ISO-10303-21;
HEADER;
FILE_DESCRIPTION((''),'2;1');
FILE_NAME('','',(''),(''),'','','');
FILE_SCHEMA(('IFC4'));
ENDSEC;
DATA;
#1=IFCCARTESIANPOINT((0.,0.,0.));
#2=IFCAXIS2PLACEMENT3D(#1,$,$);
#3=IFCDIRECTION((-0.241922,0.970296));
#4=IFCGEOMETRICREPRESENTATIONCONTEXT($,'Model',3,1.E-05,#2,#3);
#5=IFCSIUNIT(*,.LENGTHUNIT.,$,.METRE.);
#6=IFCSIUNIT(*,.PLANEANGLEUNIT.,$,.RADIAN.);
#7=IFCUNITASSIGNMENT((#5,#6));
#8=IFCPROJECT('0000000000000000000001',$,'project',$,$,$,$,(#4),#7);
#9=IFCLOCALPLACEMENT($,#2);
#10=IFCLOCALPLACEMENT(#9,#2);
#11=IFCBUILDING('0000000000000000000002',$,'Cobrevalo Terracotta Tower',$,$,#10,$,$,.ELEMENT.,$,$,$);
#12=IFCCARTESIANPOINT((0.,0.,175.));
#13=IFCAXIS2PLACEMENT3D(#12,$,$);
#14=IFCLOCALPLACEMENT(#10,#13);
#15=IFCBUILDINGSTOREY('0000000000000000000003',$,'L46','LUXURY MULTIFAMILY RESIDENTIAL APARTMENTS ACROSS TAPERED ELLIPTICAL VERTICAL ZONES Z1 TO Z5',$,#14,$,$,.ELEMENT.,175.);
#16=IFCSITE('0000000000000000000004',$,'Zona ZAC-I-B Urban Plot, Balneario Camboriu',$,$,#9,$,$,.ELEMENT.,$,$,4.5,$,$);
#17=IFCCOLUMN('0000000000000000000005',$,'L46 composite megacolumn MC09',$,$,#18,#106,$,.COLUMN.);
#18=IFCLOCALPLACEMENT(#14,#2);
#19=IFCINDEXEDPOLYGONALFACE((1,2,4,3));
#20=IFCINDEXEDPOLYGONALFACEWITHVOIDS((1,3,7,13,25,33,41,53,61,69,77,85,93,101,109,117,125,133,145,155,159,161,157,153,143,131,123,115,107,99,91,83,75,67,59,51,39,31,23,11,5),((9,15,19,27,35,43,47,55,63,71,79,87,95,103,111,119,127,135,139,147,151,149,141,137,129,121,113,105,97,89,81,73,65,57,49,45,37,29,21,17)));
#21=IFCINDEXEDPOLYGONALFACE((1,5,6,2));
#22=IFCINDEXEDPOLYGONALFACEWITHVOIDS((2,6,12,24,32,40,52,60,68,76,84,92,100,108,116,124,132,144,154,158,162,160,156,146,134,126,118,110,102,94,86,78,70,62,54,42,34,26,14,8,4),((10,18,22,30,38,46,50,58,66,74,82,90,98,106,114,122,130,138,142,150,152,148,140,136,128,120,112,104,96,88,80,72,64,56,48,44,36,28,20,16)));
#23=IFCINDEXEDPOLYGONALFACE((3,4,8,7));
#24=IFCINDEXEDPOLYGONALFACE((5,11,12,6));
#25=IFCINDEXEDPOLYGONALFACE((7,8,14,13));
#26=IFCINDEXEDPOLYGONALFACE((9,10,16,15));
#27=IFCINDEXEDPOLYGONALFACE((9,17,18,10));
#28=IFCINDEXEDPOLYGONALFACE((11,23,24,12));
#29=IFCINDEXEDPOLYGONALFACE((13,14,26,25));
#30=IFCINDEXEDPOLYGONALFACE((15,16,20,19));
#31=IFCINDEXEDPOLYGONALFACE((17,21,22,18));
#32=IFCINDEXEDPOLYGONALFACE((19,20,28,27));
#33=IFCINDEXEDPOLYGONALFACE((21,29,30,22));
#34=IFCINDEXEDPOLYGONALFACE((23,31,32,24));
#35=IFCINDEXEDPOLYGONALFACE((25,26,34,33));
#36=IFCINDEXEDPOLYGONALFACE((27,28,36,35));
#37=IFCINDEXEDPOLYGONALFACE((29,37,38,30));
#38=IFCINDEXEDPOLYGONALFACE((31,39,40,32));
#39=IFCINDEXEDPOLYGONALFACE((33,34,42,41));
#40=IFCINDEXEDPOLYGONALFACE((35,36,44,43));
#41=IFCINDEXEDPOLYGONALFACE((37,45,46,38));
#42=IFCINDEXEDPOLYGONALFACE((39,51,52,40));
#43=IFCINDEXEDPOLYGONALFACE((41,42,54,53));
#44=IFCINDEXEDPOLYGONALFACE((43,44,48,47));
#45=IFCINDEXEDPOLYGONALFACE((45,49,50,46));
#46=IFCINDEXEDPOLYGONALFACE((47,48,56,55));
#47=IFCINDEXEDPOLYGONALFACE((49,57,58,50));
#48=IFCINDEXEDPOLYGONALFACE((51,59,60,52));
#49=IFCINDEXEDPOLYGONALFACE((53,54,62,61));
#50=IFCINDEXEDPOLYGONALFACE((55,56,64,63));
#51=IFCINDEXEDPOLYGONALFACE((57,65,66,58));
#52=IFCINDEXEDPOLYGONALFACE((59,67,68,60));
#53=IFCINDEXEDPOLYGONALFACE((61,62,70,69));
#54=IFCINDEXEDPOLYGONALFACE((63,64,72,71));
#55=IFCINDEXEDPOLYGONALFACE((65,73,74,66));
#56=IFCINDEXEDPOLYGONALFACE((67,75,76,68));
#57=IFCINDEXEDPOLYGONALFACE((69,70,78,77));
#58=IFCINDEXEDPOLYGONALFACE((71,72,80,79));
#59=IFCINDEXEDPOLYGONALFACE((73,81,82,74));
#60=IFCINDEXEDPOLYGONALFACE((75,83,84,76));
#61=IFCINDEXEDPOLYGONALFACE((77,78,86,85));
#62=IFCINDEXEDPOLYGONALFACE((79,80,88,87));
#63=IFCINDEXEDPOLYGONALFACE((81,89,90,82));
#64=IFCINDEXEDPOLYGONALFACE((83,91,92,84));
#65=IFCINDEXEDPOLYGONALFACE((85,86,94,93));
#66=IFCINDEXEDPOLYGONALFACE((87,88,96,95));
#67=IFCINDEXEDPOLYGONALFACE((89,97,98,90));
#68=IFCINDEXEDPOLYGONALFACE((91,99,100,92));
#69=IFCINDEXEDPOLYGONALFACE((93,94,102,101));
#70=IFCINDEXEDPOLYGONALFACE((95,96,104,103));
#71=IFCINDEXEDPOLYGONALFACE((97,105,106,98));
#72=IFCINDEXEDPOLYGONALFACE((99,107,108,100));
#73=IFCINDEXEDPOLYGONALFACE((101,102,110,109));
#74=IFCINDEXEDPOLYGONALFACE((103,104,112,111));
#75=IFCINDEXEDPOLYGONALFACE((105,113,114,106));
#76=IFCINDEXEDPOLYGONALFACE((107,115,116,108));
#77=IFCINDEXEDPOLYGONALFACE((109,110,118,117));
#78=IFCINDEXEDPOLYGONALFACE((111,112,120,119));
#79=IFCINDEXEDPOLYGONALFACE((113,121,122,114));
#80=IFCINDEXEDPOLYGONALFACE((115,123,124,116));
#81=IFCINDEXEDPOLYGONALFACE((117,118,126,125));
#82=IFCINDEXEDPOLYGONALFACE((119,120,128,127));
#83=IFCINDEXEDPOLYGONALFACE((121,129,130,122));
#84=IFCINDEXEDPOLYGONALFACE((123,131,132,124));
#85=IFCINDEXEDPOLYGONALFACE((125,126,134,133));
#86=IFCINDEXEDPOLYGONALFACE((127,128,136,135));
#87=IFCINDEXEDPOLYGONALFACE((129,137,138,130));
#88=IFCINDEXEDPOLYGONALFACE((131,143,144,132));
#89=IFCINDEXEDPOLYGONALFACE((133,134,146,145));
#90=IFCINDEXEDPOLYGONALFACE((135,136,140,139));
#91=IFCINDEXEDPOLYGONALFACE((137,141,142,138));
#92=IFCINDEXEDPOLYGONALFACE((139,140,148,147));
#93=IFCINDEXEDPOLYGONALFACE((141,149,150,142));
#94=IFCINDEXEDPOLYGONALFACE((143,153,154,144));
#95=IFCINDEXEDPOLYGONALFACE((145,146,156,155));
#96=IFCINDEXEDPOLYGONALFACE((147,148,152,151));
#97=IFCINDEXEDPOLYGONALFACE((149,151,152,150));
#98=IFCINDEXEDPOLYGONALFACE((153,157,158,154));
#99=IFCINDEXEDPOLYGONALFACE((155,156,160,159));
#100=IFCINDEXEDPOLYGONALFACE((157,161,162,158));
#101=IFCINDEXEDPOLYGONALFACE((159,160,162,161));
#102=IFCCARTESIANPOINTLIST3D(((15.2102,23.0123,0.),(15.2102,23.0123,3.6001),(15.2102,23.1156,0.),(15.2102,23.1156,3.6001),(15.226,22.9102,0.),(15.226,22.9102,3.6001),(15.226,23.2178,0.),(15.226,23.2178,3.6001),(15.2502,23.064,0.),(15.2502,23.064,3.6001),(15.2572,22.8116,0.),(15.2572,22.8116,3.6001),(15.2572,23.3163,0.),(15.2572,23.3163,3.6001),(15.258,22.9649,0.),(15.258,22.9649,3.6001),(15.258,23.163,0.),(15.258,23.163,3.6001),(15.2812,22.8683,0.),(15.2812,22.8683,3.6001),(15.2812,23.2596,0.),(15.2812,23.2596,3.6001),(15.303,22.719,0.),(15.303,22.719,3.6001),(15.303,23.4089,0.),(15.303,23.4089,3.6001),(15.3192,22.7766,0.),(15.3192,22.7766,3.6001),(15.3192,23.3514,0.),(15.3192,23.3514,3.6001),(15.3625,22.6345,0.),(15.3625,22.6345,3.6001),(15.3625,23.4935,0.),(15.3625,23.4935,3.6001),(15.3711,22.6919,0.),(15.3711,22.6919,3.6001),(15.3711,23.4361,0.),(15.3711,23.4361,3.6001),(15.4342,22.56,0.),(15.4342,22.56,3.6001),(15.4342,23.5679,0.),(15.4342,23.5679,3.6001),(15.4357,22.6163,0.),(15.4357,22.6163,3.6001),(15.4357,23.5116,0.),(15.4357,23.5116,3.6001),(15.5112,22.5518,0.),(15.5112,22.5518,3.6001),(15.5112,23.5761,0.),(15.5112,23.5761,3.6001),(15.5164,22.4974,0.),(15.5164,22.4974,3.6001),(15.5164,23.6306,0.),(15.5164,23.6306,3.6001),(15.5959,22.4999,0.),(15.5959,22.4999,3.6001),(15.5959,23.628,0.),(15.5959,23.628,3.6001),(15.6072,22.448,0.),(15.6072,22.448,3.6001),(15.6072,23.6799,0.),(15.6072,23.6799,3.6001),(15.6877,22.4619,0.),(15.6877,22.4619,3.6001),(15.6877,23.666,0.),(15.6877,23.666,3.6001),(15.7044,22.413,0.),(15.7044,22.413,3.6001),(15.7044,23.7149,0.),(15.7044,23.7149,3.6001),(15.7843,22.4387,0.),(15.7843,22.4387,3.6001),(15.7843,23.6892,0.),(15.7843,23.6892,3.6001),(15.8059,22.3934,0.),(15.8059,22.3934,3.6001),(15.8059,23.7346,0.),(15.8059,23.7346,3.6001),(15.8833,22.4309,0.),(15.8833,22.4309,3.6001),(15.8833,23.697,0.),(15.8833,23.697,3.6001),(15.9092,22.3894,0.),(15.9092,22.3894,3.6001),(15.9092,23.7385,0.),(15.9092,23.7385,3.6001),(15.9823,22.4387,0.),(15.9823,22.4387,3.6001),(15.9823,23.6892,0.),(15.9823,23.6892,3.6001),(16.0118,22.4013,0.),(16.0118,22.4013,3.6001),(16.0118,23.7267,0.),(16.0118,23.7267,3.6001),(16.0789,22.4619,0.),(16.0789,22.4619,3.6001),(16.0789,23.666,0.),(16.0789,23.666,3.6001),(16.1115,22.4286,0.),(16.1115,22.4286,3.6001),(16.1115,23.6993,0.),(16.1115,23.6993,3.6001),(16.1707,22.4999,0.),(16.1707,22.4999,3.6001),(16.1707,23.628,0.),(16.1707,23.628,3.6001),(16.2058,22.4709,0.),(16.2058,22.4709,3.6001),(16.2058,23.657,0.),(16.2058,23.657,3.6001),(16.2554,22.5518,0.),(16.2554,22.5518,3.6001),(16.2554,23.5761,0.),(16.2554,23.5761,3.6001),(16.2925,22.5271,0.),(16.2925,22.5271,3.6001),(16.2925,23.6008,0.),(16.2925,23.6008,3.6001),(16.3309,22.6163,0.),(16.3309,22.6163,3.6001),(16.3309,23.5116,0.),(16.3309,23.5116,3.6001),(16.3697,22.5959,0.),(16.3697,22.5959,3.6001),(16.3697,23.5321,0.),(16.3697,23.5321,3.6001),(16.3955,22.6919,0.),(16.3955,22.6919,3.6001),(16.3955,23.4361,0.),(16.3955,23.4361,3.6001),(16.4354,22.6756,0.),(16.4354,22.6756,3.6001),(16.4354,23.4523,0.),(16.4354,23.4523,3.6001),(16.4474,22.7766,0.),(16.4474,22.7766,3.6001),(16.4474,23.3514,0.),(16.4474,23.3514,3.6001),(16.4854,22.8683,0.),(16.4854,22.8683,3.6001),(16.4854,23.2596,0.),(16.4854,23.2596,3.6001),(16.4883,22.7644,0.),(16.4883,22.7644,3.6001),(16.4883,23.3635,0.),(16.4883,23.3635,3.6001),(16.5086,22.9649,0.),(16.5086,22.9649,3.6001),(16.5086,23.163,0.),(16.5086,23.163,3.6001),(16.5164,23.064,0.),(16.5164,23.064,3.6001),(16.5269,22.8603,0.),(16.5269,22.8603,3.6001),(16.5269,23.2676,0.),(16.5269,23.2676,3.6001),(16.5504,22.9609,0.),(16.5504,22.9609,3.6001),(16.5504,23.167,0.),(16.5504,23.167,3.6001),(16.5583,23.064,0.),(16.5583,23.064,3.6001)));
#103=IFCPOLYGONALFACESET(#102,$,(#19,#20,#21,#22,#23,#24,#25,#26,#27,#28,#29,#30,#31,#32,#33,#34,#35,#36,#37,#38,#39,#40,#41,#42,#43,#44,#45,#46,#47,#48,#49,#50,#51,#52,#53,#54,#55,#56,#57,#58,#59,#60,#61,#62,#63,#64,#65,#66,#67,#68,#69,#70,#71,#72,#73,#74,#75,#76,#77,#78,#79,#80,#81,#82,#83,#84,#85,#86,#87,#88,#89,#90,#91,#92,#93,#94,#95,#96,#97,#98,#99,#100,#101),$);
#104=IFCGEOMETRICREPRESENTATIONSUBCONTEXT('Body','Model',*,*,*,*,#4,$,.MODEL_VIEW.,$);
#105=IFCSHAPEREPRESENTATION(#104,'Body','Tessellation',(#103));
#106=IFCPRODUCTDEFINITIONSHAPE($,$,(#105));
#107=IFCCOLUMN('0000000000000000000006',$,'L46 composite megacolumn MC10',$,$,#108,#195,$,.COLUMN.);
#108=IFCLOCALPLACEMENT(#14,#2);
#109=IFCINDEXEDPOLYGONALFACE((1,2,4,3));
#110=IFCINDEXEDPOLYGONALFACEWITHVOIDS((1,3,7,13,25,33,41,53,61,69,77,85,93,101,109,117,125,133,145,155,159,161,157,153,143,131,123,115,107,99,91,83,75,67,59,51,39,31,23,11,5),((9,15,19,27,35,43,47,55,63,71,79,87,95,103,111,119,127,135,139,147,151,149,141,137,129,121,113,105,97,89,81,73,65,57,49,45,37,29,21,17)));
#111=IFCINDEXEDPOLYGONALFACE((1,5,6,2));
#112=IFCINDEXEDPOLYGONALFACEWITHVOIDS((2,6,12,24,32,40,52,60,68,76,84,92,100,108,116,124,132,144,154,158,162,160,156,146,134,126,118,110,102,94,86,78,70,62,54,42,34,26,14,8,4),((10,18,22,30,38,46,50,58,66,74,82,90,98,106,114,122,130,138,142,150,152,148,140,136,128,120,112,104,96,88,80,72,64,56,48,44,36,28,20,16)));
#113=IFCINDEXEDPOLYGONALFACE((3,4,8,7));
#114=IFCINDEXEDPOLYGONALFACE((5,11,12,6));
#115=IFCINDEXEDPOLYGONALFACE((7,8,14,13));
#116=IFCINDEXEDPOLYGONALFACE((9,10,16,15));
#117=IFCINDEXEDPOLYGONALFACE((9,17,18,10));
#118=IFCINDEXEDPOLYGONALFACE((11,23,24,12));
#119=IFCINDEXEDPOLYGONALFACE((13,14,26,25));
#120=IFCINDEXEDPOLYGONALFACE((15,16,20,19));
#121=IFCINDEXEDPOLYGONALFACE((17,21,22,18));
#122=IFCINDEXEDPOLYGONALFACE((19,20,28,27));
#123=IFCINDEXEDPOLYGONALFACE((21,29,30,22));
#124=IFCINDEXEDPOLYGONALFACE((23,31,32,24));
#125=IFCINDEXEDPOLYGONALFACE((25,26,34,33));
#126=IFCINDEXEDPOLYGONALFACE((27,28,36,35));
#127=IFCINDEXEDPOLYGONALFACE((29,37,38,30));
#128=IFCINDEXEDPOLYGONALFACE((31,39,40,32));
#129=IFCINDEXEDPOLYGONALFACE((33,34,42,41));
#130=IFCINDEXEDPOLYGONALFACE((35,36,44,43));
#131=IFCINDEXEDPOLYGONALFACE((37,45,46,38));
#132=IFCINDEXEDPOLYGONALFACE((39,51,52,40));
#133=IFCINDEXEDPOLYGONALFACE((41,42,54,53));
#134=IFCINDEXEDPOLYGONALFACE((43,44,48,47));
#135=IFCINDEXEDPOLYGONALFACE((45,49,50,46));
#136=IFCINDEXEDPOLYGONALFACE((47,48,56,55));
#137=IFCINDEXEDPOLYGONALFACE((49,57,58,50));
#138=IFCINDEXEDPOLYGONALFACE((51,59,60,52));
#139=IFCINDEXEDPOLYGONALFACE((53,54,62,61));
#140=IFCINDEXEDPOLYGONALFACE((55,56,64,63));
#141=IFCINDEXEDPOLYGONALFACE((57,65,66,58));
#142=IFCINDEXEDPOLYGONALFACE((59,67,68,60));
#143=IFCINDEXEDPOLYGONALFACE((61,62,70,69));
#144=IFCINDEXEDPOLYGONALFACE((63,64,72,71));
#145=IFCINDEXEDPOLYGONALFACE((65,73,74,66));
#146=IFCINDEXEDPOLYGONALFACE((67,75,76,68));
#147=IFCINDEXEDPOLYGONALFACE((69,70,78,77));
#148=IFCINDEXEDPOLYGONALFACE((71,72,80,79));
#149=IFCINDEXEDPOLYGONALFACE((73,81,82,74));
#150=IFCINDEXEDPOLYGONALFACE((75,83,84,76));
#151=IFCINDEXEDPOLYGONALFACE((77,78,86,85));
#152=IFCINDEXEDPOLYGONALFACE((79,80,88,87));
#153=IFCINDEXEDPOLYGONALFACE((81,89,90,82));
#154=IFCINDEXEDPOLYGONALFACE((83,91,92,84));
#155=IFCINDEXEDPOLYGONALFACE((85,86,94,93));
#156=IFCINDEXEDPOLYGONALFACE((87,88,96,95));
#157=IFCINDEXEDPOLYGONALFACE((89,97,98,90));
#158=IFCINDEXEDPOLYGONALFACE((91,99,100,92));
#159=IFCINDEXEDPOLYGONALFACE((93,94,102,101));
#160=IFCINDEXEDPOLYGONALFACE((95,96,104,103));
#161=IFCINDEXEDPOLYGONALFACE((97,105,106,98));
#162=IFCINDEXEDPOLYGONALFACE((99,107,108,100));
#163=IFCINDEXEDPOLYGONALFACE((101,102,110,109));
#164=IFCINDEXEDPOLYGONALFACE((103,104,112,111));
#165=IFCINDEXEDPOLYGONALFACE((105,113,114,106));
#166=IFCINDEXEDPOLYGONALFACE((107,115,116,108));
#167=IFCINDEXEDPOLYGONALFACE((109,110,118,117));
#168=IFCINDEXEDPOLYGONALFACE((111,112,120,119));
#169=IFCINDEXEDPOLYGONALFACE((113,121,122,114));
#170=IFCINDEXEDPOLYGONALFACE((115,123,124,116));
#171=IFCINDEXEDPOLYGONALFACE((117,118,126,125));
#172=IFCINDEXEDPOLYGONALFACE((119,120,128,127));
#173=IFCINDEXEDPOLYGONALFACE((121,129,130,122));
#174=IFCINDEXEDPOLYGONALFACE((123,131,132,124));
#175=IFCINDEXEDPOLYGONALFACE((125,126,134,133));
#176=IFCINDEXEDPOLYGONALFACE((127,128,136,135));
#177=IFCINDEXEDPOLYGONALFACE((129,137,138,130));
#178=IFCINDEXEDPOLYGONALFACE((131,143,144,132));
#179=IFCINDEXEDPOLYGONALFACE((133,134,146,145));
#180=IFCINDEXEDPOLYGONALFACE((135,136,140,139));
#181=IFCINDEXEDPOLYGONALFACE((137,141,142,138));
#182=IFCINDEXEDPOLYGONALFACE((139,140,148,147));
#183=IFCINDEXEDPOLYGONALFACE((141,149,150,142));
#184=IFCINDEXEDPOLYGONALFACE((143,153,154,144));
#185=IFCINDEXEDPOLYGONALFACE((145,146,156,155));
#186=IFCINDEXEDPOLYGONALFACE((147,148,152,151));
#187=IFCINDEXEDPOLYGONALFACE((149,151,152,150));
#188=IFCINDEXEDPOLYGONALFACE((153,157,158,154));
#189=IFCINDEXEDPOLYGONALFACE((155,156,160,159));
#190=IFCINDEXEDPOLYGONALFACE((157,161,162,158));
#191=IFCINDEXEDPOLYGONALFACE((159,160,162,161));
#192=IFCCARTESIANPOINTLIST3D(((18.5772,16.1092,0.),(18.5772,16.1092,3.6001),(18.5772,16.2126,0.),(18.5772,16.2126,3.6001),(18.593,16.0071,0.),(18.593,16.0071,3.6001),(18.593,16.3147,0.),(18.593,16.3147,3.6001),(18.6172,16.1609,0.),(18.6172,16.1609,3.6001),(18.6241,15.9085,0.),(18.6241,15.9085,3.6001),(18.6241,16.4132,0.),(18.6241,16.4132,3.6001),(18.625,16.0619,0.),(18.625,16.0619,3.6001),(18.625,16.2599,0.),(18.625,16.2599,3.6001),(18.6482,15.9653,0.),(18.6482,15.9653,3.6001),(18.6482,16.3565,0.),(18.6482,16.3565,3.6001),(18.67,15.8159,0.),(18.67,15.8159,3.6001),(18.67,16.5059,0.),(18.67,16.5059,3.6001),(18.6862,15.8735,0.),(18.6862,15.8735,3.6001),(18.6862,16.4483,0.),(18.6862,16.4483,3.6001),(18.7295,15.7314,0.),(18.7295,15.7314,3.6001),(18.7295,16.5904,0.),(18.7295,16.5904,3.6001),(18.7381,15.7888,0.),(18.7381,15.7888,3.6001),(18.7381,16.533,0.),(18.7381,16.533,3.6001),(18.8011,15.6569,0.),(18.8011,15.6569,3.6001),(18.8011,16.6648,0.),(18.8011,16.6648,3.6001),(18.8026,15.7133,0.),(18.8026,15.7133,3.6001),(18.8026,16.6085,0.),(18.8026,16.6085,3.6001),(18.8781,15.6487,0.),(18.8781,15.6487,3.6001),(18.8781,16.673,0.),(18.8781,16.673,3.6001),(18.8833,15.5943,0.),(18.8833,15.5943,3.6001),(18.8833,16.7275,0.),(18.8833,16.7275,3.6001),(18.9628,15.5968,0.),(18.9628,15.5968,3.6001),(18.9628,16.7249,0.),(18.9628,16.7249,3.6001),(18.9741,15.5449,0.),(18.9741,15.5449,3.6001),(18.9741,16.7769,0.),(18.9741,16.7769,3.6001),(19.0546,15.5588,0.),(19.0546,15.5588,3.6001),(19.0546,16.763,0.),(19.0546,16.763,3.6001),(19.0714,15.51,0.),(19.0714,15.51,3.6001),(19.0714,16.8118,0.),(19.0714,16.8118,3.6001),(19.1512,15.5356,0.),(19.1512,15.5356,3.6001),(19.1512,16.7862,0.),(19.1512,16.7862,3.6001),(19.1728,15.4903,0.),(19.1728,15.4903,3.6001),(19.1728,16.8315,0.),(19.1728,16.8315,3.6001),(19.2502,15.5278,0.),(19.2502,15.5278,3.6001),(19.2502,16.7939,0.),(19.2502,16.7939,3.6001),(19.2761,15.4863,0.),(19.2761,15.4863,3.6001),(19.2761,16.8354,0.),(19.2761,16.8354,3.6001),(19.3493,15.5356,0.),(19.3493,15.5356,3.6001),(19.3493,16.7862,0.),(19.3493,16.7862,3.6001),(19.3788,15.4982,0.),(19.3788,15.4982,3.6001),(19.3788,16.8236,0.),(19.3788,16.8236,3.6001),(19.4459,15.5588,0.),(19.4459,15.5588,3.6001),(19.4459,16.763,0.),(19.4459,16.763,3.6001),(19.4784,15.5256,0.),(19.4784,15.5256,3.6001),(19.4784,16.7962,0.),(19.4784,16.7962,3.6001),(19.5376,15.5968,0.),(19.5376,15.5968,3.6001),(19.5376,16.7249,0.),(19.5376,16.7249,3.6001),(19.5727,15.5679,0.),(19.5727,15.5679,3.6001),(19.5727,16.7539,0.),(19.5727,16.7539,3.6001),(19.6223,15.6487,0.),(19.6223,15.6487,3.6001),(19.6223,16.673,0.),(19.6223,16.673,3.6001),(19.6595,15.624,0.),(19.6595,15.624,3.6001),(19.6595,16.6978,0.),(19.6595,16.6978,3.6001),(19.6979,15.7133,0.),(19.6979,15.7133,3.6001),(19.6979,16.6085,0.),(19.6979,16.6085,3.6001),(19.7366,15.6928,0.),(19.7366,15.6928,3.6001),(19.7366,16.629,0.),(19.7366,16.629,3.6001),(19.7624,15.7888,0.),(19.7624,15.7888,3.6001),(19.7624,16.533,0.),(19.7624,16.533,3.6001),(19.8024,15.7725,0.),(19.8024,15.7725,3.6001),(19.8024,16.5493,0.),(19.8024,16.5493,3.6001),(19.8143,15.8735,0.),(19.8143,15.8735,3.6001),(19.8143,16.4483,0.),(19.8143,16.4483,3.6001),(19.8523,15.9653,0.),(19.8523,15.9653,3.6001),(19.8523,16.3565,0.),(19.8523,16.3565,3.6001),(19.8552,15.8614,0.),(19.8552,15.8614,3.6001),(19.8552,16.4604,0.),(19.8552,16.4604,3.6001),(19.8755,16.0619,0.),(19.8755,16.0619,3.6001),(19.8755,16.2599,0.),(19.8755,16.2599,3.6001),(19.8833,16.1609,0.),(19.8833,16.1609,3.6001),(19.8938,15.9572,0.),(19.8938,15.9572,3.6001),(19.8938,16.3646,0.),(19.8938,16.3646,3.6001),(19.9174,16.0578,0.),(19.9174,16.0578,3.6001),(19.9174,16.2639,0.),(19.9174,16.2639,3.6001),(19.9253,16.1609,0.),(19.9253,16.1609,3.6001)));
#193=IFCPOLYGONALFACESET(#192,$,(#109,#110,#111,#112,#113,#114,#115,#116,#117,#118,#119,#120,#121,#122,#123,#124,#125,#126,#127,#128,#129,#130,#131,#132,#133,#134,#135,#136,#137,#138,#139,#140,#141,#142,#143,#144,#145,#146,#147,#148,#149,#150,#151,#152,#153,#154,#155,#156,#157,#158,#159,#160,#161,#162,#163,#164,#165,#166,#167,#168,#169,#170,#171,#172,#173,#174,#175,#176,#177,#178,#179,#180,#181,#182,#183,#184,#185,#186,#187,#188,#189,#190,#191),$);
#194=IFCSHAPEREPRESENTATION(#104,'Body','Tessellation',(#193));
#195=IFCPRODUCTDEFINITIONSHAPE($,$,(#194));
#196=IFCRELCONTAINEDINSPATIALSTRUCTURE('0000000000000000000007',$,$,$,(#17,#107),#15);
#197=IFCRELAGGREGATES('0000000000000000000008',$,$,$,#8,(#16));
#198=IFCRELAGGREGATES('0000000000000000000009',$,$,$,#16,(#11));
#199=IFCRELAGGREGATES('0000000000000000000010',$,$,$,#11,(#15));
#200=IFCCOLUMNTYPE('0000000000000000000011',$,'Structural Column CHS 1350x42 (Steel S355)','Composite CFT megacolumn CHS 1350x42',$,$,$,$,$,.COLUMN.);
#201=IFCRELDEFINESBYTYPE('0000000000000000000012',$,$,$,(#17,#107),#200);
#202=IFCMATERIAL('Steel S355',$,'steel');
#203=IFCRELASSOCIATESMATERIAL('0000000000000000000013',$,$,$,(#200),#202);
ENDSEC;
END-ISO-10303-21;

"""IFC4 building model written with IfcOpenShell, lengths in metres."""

from ifc_helpers import new_model, si_unit, direction, frame, origin, origin_2d, place, context, subcontext, project, spatial, hollow_circle, extrude, material, material_profile, profile_set, type_object, element, save


model = new_model("IFC4")

# Units and contexts
model_context = context("Model", 3, precision=1e-05, world=origin(), true_north=direction((-0.241922, 0.970296)))
body_context = subcontext(model_context, "Body", "Model", "MODEL_VIEW")
ifc_project = project(units=[si_unit("LENGTHUNIT", "METRE"), si_unit("PLANEANGLEUNIT", "RADIAN")], contexts=[model_context])

# Site, building, storey
site_placement = place(None, origin())
site = spatial("IfcSite", under=ifc_project, at=site_placement, Name="Zona ZAC-I-B Urban Plot, Balneario Camboriu", CompositionType="ELEMENT", RefElevation=4.5)
building_placement = place(site_placement, origin())
building = spatial("IfcBuilding", under=site, at=building_placement, Name="Cobrevalo Terracotta Tower", CompositionType="ELEMENT")
storey_placement = place(building_placement, frame((0.0, 0.0, 175.0)))
storey = spatial("IfcBuildingStorey", under=building, at=storey_placement, Name="L46", Description="LUXURY MULTIFAMILY RESIDENTIAL APARTMENTS ACROSS TAPERED ELLIPTICAL VERTICAL ZONES Z1 TO Z5", CompositionType="ELEMENT", Elevation=175.0)

# Columns
ifc_material_1 = material(Name="Steel S355", Category="steel")
ifc_material_profile_1 = material_profile(ifc_material_1, hollow_circle(Radius=0.675, WallThickness=0.042, at=origin_2d()), Name="CHS 1350x42")
ifc_profile_set_1 = profile_set([ifc_material_profile_1], Name="Steel S355")
column_type = type_object("IfcColumnType", Name="Structural Column CHS 1350x42 (Steel S355)", Description="Composite CFT megacolumn CHS 1350x42", PredefinedType="COLUMN", material=ifc_profile_set_1)
for number, where, z_axis, x_axis, name in (
    (1, (15.8833, 23.064, 0.0), (0.0, 0.0, 1.0), (1.0, 0.0, 0.0), "L46 composite megacolumn MC09"),
    (2, (19.2502, 16.1609, 0.0), (0.0, 0.0, 1.0), (1.0, 0.0, 0.0), "L46 composite megacolumn MC10"),
):
    element("IfcColumn", number, at=place(storey_placement, frame(where, z_axis=z_axis, x_axis=x_axis)), inside=storey, type_object=column_type, Name=name, PredefinedType="COLUMN", context=body_context, shape_type="SweptSolid", body=[
        extrude(hollow_circle(Radius=0.675, WallThickness=0.042, at=origin_2d()), origin(), (0.0, 0.0, 1.0), 3.6001),
    ])

save(model, "model.ifc")
